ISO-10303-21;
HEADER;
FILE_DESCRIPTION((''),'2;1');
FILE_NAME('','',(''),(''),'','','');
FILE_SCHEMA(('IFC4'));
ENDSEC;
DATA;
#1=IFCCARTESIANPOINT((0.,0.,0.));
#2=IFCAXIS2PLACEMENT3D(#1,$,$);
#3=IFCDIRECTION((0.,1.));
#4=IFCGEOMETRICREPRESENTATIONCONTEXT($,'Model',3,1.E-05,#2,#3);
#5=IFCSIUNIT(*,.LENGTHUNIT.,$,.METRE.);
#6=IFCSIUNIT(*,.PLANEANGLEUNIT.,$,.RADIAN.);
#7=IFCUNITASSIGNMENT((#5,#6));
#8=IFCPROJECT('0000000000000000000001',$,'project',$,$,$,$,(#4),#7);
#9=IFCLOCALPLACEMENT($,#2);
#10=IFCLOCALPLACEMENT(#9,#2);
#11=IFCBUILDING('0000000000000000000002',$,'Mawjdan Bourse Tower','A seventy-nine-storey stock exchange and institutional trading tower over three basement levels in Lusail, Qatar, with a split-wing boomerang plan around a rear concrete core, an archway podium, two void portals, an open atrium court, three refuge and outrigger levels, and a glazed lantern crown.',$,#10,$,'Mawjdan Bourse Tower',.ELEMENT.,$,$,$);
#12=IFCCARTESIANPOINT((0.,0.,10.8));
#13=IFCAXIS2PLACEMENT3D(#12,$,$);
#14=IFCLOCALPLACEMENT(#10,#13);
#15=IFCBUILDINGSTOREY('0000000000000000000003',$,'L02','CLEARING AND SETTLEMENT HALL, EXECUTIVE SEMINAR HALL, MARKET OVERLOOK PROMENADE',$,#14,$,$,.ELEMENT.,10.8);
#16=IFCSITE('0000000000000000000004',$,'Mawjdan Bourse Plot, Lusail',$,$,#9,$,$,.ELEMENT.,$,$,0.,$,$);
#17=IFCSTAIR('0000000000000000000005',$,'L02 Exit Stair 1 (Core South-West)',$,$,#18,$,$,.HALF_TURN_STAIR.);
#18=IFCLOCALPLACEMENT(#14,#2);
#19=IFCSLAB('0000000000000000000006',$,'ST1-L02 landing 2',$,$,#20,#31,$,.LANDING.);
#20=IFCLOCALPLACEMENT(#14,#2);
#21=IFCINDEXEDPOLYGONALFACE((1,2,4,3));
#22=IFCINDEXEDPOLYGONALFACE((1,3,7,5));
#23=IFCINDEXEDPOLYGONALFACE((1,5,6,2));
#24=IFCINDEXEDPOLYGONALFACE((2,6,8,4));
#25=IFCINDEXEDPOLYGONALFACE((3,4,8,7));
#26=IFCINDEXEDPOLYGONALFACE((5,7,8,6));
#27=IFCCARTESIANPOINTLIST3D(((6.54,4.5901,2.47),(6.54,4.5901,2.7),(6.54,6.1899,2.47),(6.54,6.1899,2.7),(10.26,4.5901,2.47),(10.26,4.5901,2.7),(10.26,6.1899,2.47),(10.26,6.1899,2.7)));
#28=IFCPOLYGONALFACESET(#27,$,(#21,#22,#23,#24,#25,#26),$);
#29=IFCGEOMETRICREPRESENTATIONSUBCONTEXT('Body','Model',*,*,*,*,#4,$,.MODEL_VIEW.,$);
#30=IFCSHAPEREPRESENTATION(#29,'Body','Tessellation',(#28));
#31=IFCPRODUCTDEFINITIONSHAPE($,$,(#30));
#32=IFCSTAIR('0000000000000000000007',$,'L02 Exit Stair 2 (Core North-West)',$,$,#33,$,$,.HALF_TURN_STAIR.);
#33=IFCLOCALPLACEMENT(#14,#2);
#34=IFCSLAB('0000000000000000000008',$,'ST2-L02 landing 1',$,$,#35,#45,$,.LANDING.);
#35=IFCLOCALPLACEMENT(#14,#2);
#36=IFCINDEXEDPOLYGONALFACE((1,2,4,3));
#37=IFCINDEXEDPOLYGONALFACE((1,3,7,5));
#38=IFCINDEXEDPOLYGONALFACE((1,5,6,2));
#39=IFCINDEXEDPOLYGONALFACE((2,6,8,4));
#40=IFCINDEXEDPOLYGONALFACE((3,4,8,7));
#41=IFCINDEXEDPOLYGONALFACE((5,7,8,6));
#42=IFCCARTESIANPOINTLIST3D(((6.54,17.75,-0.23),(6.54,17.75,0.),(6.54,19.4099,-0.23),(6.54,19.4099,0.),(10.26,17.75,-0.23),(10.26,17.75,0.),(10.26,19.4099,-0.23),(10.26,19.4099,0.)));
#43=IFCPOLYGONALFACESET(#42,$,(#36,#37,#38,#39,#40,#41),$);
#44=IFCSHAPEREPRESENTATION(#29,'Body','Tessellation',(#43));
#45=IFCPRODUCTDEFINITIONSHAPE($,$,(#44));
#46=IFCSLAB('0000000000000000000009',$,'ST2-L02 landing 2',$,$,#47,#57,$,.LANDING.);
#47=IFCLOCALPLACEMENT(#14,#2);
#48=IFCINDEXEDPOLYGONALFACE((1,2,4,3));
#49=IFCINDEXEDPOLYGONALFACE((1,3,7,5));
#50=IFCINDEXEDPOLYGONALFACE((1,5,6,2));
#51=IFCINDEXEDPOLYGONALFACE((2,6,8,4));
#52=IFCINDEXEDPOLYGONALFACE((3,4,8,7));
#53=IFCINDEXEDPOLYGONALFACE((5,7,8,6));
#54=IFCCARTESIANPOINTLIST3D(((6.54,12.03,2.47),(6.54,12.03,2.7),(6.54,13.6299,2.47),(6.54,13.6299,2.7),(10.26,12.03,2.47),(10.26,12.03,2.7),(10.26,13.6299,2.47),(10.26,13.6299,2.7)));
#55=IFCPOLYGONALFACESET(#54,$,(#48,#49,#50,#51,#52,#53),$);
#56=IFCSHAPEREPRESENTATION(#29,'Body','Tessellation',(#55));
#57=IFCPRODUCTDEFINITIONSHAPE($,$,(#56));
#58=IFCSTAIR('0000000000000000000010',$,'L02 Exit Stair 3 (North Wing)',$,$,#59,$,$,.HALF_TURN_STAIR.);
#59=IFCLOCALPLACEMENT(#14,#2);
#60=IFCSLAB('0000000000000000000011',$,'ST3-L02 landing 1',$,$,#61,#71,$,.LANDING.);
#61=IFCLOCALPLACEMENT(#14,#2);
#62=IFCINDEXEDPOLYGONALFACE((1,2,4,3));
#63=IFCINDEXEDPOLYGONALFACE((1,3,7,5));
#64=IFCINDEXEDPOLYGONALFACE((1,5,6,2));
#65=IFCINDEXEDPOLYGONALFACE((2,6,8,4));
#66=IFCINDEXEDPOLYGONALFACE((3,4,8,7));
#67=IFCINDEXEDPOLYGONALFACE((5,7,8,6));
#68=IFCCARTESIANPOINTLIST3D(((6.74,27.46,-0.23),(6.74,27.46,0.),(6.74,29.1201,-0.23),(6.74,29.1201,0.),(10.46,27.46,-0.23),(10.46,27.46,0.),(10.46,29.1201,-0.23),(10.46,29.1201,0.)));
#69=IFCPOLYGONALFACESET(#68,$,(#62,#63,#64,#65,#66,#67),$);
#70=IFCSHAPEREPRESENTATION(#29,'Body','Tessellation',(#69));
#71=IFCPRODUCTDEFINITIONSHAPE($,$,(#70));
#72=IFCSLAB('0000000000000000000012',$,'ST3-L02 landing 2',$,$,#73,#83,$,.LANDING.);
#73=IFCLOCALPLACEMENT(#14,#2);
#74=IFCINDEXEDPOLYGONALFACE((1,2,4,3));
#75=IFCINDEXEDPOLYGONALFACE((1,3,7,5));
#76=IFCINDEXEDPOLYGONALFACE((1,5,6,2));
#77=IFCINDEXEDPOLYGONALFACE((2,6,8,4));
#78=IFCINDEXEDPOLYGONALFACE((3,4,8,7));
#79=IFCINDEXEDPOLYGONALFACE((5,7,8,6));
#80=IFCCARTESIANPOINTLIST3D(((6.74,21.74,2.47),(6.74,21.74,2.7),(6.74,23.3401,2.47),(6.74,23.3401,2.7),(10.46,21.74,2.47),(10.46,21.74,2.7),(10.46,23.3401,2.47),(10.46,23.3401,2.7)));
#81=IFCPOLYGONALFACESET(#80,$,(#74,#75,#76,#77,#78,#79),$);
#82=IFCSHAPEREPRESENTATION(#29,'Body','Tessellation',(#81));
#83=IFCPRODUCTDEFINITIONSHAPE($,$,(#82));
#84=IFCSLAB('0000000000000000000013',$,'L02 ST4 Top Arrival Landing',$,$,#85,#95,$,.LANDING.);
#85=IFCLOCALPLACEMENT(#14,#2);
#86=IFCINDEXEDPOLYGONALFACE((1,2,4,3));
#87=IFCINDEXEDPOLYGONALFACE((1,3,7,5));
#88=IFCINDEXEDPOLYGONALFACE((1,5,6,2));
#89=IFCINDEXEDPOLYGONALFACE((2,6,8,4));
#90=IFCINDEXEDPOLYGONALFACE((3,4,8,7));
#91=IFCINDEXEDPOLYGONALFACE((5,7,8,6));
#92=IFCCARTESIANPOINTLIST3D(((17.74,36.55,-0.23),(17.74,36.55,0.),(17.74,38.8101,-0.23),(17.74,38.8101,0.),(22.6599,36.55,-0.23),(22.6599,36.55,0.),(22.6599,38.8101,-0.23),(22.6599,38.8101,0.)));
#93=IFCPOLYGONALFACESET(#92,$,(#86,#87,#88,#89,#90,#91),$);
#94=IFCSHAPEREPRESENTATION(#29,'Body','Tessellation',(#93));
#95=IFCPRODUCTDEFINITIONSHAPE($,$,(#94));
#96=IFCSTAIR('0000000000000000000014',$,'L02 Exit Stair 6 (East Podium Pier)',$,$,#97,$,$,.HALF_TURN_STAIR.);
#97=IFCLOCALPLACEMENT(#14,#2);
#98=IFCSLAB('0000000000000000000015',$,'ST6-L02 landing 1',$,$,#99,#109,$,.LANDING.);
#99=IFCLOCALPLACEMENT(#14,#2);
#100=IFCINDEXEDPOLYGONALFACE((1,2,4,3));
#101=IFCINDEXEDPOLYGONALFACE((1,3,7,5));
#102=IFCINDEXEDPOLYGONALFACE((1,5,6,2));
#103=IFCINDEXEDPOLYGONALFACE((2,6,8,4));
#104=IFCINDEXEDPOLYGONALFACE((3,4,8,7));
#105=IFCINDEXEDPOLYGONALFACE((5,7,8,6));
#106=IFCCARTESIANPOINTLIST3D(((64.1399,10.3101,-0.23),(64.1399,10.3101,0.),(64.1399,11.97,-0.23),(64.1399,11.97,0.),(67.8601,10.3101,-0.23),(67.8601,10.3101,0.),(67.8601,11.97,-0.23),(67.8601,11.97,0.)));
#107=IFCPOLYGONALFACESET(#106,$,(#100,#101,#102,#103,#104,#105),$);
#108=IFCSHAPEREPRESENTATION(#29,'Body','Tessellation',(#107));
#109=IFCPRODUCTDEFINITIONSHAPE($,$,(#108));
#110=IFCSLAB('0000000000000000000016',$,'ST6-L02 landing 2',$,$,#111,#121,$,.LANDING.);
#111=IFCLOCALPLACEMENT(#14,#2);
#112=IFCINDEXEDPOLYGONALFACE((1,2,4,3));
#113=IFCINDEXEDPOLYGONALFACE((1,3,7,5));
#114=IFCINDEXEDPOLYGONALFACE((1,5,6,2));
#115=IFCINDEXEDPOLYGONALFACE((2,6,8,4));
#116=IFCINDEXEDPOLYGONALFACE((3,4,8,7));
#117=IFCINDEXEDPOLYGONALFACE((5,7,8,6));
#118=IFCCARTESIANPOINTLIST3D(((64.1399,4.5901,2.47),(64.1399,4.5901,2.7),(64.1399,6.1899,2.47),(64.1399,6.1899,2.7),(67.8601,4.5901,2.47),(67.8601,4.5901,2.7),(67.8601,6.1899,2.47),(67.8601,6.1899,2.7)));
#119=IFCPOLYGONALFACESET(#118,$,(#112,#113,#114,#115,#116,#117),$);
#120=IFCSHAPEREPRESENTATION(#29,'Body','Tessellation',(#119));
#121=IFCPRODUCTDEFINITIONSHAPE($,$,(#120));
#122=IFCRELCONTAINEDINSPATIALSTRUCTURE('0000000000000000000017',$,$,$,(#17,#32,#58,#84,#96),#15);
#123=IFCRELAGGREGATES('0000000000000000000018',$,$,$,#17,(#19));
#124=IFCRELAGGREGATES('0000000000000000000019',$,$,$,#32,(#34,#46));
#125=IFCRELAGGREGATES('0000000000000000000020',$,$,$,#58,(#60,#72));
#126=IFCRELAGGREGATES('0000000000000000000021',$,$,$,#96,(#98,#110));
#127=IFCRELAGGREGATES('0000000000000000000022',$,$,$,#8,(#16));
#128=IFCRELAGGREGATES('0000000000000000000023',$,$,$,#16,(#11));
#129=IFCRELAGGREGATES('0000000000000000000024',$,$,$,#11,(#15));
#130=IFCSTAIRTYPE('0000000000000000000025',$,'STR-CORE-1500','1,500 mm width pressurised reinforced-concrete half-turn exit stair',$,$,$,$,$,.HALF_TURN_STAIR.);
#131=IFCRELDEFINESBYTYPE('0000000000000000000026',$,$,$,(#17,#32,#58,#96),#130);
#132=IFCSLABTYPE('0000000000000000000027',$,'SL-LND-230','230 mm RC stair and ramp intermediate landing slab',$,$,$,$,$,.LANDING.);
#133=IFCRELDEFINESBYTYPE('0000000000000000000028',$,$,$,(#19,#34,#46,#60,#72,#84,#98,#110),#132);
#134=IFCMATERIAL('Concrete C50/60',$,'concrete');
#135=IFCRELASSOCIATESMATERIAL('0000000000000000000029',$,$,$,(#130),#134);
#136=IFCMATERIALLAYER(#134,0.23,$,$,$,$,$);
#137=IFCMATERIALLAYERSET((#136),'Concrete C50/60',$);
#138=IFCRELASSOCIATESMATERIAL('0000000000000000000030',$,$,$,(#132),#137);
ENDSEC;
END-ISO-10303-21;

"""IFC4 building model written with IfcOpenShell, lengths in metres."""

from ifc_helpers import new_model, si_unit, direction, frame, origin, place, context, subcontext, project, spatial, polyline, outline, extrude, material, layer, layer_set, type_object, element, aggregate, save


model = new_model("IFC4")

# Units and contexts
model_context = context("Model", 3, precision=1e-05, world=origin(), true_north=direction((0.0, 1.0)))
body_context = subcontext(model_context, "Body", "Model", "MODEL_VIEW")
ifc_project = project(units=[si_unit("LENGTHUNIT", "METRE"), si_unit("PLANEANGLEUNIT", "RADIAN")], contexts=[model_context])

# Site, building, storey
site_placement = place(None, origin())
site = spatial("IfcSite", under=ifc_project, at=site_placement, Name="Mawjdan Bourse Plot, Lusail", CompositionType="ELEMENT", RefElevation=0.0)
building_placement = place(site_placement, origin())
building = spatial("IfcBuilding", under=site, at=building_placement, Name="Mawjdan Bourse Tower", Description="A seventy-nine-storey stock exchange and institutional trading tower over three basement levels in Lusail, Qatar, with a split-wing boomerang plan around a rear concrete core, an archway podium, two void portals, an open atrium court, three refuge and outrigger levels, and a glazed lantern crown.", LongName="Mawjdan Bourse Tower", CompositionType="ELEMENT")
storey_placement = place(building_placement, frame((0.0, 0.0, 10.8)))
storey = spatial("IfcBuildingStorey", under=building, at=storey_placement, Name="L02", Description="CLEARING AND SETTLEMENT HALL, EXECUTIVE SEMINAR HALL, MARKET OVERLOOK PROMENADE", CompositionType="ELEMENT", Elevation=10.8)

# Stairs, slabs
ifc_material_1 = material(Name="Concrete C50/60", Category="concrete")
stair_type = type_object("IfcStairType", Name="STR-CORE-1500", Description="1,500 mm width pressurised reinforced-concrete half-turn exit stair", PredefinedType="HALF_TURN_STAIR", material=ifc_material_1)
stair_1_placement = place(storey_placement, origin())
stair_1 = element("IfcStair", 1, at=stair_1_placement, inside=storey, type_object=stair_type, Name="L02 Exit Stair 1 (Core South-West)", PredefinedType="HALF_TURN_STAIR")
ifc_layer_1 = layer(ifc_material_1, 0.23)
ifc_layer_set_1 = layer_set([ifc_layer_1], Name="Concrete C50/60")
slab_type_1 = type_object("IfcSlabType", Name="SL-LND-230", Description="230 mm RC stair and ramp intermediate landing slab", PredefinedType="LANDING", material=ifc_layer_set_1)
slab_1_placement = place(storey_placement, frame((0.0, 0.0, 2.47)))
slab_1 = element("IfcSlab", 2, at=slab_1_placement, type_object=slab_type_1, Name="ST1-L02 landing 2", PredefinedType="LANDING", context=body_context, shape_type="SweptSolid", body=[
    extrude(outline(polyline([(6.54, 4.5901), (10.26, 4.5901), (10.26, 6.1899), (6.54, 6.1899), (6.54, 4.5901)])), origin(), (0.0, 0.0, 1.0), 0.23),
])
aggregate(stair_1, [slab_1])
stair_2_placement = place(storey_placement, origin())
stair_2 = element("IfcStair", 3, at=stair_2_placement, inside=storey, type_object=stair_type, Name="L02 Exit Stair 2 (Core North-West)", PredefinedType="HALF_TURN_STAIR")
slab_2_placement = place(storey_placement, frame((0.0, 0.0, -0.23)))
slab_2 = element("IfcSlab", 4, at=slab_2_placement, type_object=slab_type_1, Name="ST2-L02 landing 1", PredefinedType="LANDING", context=body_context, shape_type="SweptSolid", body=[
    extrude(outline(polyline([(6.54, 17.75), (10.26, 17.75), (10.26, 19.4099), (6.54, 19.4099), (6.54, 17.75)])), origin(), (0.0, 0.0, 1.0), 0.23),
])
slab_3_placement = place(storey_placement, frame((0.0, 0.0, 2.47)))
slab_3 = element("IfcSlab", 5, at=slab_3_placement, type_object=slab_type_1, Name="ST2-L02 landing 2", PredefinedType="LANDING", context=body_context, shape_type="SweptSolid", body=[
    extrude(outline(polyline([(6.54, 12.03), (10.26, 12.03), (10.26, 13.6299), (6.54, 13.6299), (6.54, 12.03)])), origin(), (0.0, 0.0, 1.0), 0.23),
])
aggregate(stair_2, [slab_2, slab_3])
stair_3_placement = place(storey_placement, origin())
stair_3 = element("IfcStair", 6, at=stair_3_placement, inside=storey, type_object=stair_type, Name="L02 Exit Stair 3 (North Wing)", PredefinedType="HALF_TURN_STAIR")
slab_4_placement = place(storey_placement, frame((0.0, 0.0, -0.23)))
slab_4 = element("IfcSlab", 7, at=slab_4_placement, type_object=slab_type_1, Name="ST3-L02 landing 1", PredefinedType="LANDING", context=body_context, shape_type="SweptSolid", body=[
    extrude(outline(polyline([(6.74, 27.46), (10.46, 27.46), (10.46, 29.1201), (6.74, 29.1201), (6.74, 27.46)])), origin(), (0.0, 0.0, 1.0), 0.23),
])
slab_5_placement = place(storey_placement, frame((0.0, 0.0, 2.47)))
slab_5 = element("IfcSlab", 8, at=slab_5_placement, type_object=slab_type_1, Name="ST3-L02 landing 2", PredefinedType="LANDING", context=body_context, shape_type="SweptSolid", body=[
    extrude(outline(polyline([(6.74, 21.74), (10.46, 21.74), (10.46, 23.3401), (6.74, 23.3401), (6.74, 21.74)])), origin(), (0.0, 0.0, 1.0), 0.23),
])
aggregate(stair_3, [slab_4, slab_5])

# Slab
slab_6_placement = place(storey_placement, frame((0.0, 0.0, -0.23)))
element("IfcSlab", 9, at=slab_6_placement, inside=storey, type_object=slab_type_1, Name="L02 ST4 Top Arrival Landing", PredefinedType="LANDING", context=body_context, shape_type="SweptSolid", body=[
    extrude(outline(polyline([(17.74, 36.55), (22.6599, 36.55), (22.6599, 38.8101), (17.74, 38.8101), (17.74, 36.55)])), origin(), (0.0, 0.0, 1.0), 0.23),
])

# Stair, slabs
stair_4_placement = place(storey_placement, origin())
stair_4 = element("IfcStair", 10, at=stair_4_placement, inside=storey, type_object=stair_type, Name="L02 Exit Stair 6 (East Podium Pier)", PredefinedType="HALF_TURN_STAIR")
slab_7_placement = place(storey_placement, frame((0.0, 0.0, -0.23)))
slab_7 = element("IfcSlab", 11, at=slab_7_placement, type_object=slab_type_1, Name="ST6-L02 landing 1", PredefinedType="LANDING", context=body_context, shape_type="SweptSolid", body=[
    extrude(outline(polyline([(64.1399, 10.3101), (67.8601, 10.3101), (67.8601, 11.97), (64.1399, 11.97), (64.1399, 10.3101)])), origin(), (0.0, 0.0, 1.0), 0.23),
])
slab_8_placement = place(storey_placement, frame((0.0, 0.0, 2.47)))
slab_8 = element("IfcSlab", 12, at=slab_8_placement, type_object=slab_type_1, Name="ST6-L02 landing 2", PredefinedType="LANDING", context=body_context, shape_type="SweptSolid", body=[
    extrude(outline(polyline([(64.1399, 4.5901), (67.8601, 4.5901), (67.8601, 6.1899), (64.1399, 6.1899), (64.1399, 4.5901)])), origin(), (0.0, 0.0, 1.0), 0.23),
])
aggregate(stair_4, [slab_7, slab_8])

save(model, "model.ifc")
